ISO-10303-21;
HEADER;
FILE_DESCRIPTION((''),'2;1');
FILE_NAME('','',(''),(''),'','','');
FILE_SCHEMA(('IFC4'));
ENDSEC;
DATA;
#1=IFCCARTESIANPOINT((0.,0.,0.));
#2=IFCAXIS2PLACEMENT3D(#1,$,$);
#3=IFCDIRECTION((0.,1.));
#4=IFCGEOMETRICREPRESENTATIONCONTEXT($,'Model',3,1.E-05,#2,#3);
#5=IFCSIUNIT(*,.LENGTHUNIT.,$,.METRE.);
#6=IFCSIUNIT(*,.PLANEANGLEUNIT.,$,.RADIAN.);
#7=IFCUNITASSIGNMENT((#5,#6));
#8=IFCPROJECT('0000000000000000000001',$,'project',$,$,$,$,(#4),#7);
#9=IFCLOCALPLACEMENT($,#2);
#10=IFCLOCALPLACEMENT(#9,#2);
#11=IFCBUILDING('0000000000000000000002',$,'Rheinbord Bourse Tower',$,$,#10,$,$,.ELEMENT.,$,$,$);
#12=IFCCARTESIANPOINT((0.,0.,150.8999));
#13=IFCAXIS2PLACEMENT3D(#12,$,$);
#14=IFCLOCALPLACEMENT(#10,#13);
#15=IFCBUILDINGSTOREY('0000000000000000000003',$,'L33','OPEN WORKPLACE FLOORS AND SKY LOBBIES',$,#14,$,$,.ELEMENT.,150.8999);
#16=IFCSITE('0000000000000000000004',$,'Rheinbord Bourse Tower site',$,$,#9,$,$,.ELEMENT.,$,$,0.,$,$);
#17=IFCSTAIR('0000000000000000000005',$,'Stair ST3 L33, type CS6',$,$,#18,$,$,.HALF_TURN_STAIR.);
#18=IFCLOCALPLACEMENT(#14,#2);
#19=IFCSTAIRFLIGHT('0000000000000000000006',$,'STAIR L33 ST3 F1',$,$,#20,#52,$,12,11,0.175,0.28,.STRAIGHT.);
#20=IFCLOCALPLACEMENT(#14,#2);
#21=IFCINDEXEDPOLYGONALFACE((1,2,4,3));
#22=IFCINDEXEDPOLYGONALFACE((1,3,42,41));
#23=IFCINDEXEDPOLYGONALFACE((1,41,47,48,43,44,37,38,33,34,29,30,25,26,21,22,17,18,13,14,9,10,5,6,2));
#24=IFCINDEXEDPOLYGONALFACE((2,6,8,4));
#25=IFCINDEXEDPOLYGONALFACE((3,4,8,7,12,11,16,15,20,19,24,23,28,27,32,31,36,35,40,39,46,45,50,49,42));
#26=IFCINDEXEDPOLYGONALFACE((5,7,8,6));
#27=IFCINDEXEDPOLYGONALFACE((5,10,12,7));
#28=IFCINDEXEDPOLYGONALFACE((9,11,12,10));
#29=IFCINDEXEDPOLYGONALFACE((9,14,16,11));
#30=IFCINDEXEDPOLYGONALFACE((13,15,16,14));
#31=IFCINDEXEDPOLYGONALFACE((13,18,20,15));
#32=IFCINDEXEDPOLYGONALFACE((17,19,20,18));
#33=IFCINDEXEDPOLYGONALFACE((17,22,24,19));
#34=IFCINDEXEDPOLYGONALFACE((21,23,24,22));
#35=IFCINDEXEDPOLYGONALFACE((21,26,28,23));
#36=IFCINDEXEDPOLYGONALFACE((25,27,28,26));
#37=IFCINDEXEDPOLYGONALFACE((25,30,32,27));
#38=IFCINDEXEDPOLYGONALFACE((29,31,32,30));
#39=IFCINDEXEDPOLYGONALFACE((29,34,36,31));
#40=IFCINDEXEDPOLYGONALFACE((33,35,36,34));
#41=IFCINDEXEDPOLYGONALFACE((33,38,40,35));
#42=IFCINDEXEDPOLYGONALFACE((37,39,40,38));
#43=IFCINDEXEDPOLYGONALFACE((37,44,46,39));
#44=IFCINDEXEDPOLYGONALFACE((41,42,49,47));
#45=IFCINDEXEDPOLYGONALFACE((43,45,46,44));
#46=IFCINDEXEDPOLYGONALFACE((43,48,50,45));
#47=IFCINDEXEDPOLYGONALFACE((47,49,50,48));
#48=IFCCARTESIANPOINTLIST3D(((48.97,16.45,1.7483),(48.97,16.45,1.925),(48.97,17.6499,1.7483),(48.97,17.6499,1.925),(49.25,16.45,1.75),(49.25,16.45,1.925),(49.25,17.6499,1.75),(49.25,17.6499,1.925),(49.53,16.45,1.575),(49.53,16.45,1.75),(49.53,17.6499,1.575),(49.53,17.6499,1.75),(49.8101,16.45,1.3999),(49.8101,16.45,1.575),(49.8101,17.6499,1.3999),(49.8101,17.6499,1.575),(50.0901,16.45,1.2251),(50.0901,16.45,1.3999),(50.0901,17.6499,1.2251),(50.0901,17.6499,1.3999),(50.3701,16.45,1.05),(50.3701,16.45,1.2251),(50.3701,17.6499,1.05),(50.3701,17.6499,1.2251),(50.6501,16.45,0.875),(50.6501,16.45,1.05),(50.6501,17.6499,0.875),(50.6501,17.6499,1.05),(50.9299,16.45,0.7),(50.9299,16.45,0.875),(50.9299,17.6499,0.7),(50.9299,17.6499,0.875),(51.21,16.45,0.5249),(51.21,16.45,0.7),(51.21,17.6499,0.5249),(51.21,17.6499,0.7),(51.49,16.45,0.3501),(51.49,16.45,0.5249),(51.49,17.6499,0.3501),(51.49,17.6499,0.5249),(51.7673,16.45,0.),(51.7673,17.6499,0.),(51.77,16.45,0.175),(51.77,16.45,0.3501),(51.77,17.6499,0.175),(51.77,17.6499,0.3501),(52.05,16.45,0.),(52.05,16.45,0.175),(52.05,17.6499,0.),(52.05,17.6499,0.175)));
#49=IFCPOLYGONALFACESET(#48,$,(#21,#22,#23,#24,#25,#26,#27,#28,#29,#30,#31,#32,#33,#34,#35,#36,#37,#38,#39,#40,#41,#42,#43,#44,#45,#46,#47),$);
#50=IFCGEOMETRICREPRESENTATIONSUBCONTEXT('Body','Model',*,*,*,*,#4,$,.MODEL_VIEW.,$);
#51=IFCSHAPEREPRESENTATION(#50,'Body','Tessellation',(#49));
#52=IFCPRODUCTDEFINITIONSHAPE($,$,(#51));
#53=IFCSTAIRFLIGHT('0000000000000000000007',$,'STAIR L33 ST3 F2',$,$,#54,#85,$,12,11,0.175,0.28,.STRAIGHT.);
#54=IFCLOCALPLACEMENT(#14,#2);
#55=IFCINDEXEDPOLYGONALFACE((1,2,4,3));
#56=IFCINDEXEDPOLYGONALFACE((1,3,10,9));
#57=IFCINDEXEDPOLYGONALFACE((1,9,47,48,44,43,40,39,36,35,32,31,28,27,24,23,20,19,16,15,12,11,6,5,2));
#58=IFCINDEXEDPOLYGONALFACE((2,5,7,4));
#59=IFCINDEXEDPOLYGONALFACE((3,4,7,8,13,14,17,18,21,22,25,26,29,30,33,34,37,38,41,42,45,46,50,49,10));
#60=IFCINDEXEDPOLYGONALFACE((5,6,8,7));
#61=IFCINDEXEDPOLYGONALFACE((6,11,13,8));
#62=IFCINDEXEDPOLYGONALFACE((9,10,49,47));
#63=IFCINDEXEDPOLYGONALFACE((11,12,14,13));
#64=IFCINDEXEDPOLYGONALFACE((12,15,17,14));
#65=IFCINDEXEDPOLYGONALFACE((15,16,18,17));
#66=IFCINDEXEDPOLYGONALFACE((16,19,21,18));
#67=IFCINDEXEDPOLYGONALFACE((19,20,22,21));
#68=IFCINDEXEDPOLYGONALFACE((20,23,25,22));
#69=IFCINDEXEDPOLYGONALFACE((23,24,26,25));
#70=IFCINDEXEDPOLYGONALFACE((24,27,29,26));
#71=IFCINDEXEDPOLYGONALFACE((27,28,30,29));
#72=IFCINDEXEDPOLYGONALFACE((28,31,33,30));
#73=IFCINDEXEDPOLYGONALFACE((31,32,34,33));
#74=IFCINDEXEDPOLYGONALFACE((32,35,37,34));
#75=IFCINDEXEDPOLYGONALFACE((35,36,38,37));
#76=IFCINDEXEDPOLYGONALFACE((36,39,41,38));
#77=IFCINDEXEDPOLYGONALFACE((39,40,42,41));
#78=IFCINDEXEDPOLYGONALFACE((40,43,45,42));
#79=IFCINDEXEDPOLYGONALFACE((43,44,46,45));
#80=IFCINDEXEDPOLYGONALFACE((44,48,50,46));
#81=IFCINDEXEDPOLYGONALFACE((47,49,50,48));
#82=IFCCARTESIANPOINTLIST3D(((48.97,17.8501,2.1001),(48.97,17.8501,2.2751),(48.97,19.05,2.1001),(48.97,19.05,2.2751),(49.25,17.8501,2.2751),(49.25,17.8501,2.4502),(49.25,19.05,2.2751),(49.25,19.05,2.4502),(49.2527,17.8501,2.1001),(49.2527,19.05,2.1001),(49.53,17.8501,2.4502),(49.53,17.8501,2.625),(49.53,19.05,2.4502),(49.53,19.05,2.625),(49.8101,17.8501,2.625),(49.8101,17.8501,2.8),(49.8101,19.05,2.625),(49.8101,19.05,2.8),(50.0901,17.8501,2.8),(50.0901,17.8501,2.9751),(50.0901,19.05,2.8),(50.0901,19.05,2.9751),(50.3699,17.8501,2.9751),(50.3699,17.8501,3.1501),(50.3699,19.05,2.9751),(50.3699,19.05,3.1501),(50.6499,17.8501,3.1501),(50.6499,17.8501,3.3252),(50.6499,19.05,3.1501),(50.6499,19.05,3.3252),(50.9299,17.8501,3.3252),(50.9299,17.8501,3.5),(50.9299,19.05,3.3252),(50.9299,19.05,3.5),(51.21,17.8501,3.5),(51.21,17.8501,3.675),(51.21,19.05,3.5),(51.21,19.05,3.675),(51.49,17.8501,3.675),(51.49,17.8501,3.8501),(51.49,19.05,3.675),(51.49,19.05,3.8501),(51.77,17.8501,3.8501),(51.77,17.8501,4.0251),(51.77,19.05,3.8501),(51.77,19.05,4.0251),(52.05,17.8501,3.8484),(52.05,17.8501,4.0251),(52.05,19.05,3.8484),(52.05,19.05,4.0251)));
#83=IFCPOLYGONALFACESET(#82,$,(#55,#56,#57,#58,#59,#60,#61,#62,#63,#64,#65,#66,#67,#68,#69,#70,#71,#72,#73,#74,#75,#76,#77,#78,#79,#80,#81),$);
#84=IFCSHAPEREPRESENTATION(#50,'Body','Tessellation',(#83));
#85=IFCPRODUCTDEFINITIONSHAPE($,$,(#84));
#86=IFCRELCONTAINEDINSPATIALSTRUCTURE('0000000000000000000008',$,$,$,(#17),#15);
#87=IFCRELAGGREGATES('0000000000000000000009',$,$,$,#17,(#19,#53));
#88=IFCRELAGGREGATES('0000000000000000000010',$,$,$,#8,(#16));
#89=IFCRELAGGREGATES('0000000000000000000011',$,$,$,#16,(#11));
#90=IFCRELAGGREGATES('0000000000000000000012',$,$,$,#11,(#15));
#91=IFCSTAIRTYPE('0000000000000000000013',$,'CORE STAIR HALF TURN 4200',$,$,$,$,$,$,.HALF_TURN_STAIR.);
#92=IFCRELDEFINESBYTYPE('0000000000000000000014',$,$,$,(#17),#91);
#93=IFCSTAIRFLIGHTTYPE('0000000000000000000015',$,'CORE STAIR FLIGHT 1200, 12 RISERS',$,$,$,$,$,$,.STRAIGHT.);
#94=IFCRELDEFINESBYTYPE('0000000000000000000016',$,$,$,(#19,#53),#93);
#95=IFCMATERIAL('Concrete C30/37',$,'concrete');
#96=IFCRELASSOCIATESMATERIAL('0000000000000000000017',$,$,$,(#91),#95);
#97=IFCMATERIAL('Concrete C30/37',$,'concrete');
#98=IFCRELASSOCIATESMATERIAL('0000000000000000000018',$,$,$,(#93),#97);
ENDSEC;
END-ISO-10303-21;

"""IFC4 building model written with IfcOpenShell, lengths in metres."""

from ifc_helpers import new_model, si_unit, direction, frame, origin, place, context, subcontext, project, spatial, polyline, outline, extrude, material, type_object, element, aggregate, save


model = new_model("IFC4")

# Units and contexts
model_context = context("Model", 3, precision=1e-05, world=origin(), true_north=direction((0.0, 1.0)))
body_context = subcontext(model_context, "Body", "Model", "MODEL_VIEW")
ifc_project = project(units=[si_unit("LENGTHUNIT", "METRE"), si_unit("PLANEANGLEUNIT", "RADIAN")], contexts=[model_context])

# Site, building, storey
site_placement = place(None, origin())
site = spatial("IfcSite", under=ifc_project, at=site_placement, Name="Rheinbord Bourse Tower site", CompositionType="ELEMENT", RefElevation=0.0)
building_placement = place(site_placement, origin())
building = spatial("IfcBuilding", under=site, at=building_placement, Name="Rheinbord Bourse Tower", CompositionType="ELEMENT")
storey_placement = place(building_placement, frame((0.0, 0.0, 150.8999)))
storey = spatial("IfcBuildingStorey", under=building, at=storey_placement, Name="L33", Description="OPEN WORKPLACE FLOORS AND SKY LOBBIES", CompositionType="ELEMENT", Elevation=150.8999)

# Stair, stair flights
ifc_material_1 = material(Name="Concrete C30/37", Category="concrete")
stair_type = type_object("IfcStairType", Name="CORE STAIR HALF TURN 4200", PredefinedType="HALF_TURN_STAIR", material=ifc_material_1)
stair_placement = place(storey_placement, origin())
stair = element("IfcStair", 1, at=stair_placement, inside=storey, type_object=stair_type, Name="Stair ST3 L33, type CS6", PredefinedType="HALF_TURN_STAIR")
ifc_material_2 = material(Name="Concrete C30/37", Category="concrete")
stair_flight_type = type_object("IfcStairFlightType", Name="CORE STAIR FLIGHT 1200, 12 RISERS", PredefinedType="STRAIGHT", material=ifc_material_2)
stair_flight_1_placement = place(storey_placement, frame((52.05, 17.05, 0.0), z_axis=(0.0, 0.0, 1.0), x_axis=(-1.0, 0.0, 0.0)))
stair_flight_1 = element("IfcStairFlight", 2, at=stair_flight_1_placement, type_object=stair_flight_type, Name="STAIR L33 ST3 F1", NumberOfRisers=12, NumberOfTreads=11, PredefinedType="STRAIGHT", RiserHeight=0.175, TreadLength=0.28, context=body_context, shape_type="SweptSolid", body=[
    extrude(outline(polyline([(0.0, 0.0), (0.0, 0.175), (0.28, 0.175), (0.28, 0.3501), (0.5601, 0.3501), (0.5601, 0.5249), (0.8401, 0.5249), (0.8401, 0.7), (1.1201, 0.7), (1.1201, 0.875), (1.3999, 0.875), (1.3999, 1.05), (1.6799, 1.05), (1.6799, 1.2251), (1.96, 1.2251), (1.96, 1.3999), (2.24, 1.3999), (2.24, 1.575), (2.52, 1.575), (2.52, 1.75), (2.8, 1.75), (2.8, 1.925), (3.0801, 1.925), (3.0801, 2.1001), (3.0801, 1.7483), (0.2827, 0.0), (0.0, 0.0)])), frame((0.0, 0.6001, 0.0), z_axis=(0.0, -1.0, 0.0), x_axis=(1.0, 0.0, 0.0)), (0.0, 0.0, 1.0), 1.2),
])
stair_flight_2_placement = place(storey_placement, frame((48.97, 18.45, 2.1001), z_axis=(0.0, 0.0, 1.0), x_axis=(1.0, 0.0, 0.0)))
stair_flight_2 = element("IfcStairFlight", 3, at=stair_flight_2_placement, type_object=stair_flight_type, Name="STAIR L33 ST3 F2", NumberOfRisers=12, NumberOfTreads=11, PredefinedType="STRAIGHT", RiserHeight=0.175, TreadLength=0.28, context=body_context, shape_type="SweptSolid", body=[
    extrude(outline(polyline([(0.0, 0.0), (0.0, 0.175), (0.28, 0.175), (0.28, 0.3501), (0.5601, 0.3501), (0.5601, 0.5249), (0.8401, 0.5249), (0.8401, 0.7), (1.1201, 0.7), (1.1201, 0.875), (1.3999, 0.875), (1.3999, 1.05), (1.6799, 1.05), (1.6799, 1.2251), (1.96, 1.2251), (1.96, 1.3999), (2.24, 1.3999), (2.24, 1.575), (2.52, 1.575), (2.52, 1.75), (2.8, 1.75), (2.8, 1.925), (3.0801, 1.925), (3.0801, 2.1001), (3.0801, 1.7483), (0.2827, 0.0), (0.0, 0.0)])), frame((0.0, 0.6001, 0.0), z_axis=(0.0, -1.0, 0.0), x_axis=(1.0, 0.0, 0.0)), (0.0, 0.0, 1.0), 1.2),
])
aggregate(stair, [stair_flight_1, stair_flight_2])

save(model, "model.ifc")
